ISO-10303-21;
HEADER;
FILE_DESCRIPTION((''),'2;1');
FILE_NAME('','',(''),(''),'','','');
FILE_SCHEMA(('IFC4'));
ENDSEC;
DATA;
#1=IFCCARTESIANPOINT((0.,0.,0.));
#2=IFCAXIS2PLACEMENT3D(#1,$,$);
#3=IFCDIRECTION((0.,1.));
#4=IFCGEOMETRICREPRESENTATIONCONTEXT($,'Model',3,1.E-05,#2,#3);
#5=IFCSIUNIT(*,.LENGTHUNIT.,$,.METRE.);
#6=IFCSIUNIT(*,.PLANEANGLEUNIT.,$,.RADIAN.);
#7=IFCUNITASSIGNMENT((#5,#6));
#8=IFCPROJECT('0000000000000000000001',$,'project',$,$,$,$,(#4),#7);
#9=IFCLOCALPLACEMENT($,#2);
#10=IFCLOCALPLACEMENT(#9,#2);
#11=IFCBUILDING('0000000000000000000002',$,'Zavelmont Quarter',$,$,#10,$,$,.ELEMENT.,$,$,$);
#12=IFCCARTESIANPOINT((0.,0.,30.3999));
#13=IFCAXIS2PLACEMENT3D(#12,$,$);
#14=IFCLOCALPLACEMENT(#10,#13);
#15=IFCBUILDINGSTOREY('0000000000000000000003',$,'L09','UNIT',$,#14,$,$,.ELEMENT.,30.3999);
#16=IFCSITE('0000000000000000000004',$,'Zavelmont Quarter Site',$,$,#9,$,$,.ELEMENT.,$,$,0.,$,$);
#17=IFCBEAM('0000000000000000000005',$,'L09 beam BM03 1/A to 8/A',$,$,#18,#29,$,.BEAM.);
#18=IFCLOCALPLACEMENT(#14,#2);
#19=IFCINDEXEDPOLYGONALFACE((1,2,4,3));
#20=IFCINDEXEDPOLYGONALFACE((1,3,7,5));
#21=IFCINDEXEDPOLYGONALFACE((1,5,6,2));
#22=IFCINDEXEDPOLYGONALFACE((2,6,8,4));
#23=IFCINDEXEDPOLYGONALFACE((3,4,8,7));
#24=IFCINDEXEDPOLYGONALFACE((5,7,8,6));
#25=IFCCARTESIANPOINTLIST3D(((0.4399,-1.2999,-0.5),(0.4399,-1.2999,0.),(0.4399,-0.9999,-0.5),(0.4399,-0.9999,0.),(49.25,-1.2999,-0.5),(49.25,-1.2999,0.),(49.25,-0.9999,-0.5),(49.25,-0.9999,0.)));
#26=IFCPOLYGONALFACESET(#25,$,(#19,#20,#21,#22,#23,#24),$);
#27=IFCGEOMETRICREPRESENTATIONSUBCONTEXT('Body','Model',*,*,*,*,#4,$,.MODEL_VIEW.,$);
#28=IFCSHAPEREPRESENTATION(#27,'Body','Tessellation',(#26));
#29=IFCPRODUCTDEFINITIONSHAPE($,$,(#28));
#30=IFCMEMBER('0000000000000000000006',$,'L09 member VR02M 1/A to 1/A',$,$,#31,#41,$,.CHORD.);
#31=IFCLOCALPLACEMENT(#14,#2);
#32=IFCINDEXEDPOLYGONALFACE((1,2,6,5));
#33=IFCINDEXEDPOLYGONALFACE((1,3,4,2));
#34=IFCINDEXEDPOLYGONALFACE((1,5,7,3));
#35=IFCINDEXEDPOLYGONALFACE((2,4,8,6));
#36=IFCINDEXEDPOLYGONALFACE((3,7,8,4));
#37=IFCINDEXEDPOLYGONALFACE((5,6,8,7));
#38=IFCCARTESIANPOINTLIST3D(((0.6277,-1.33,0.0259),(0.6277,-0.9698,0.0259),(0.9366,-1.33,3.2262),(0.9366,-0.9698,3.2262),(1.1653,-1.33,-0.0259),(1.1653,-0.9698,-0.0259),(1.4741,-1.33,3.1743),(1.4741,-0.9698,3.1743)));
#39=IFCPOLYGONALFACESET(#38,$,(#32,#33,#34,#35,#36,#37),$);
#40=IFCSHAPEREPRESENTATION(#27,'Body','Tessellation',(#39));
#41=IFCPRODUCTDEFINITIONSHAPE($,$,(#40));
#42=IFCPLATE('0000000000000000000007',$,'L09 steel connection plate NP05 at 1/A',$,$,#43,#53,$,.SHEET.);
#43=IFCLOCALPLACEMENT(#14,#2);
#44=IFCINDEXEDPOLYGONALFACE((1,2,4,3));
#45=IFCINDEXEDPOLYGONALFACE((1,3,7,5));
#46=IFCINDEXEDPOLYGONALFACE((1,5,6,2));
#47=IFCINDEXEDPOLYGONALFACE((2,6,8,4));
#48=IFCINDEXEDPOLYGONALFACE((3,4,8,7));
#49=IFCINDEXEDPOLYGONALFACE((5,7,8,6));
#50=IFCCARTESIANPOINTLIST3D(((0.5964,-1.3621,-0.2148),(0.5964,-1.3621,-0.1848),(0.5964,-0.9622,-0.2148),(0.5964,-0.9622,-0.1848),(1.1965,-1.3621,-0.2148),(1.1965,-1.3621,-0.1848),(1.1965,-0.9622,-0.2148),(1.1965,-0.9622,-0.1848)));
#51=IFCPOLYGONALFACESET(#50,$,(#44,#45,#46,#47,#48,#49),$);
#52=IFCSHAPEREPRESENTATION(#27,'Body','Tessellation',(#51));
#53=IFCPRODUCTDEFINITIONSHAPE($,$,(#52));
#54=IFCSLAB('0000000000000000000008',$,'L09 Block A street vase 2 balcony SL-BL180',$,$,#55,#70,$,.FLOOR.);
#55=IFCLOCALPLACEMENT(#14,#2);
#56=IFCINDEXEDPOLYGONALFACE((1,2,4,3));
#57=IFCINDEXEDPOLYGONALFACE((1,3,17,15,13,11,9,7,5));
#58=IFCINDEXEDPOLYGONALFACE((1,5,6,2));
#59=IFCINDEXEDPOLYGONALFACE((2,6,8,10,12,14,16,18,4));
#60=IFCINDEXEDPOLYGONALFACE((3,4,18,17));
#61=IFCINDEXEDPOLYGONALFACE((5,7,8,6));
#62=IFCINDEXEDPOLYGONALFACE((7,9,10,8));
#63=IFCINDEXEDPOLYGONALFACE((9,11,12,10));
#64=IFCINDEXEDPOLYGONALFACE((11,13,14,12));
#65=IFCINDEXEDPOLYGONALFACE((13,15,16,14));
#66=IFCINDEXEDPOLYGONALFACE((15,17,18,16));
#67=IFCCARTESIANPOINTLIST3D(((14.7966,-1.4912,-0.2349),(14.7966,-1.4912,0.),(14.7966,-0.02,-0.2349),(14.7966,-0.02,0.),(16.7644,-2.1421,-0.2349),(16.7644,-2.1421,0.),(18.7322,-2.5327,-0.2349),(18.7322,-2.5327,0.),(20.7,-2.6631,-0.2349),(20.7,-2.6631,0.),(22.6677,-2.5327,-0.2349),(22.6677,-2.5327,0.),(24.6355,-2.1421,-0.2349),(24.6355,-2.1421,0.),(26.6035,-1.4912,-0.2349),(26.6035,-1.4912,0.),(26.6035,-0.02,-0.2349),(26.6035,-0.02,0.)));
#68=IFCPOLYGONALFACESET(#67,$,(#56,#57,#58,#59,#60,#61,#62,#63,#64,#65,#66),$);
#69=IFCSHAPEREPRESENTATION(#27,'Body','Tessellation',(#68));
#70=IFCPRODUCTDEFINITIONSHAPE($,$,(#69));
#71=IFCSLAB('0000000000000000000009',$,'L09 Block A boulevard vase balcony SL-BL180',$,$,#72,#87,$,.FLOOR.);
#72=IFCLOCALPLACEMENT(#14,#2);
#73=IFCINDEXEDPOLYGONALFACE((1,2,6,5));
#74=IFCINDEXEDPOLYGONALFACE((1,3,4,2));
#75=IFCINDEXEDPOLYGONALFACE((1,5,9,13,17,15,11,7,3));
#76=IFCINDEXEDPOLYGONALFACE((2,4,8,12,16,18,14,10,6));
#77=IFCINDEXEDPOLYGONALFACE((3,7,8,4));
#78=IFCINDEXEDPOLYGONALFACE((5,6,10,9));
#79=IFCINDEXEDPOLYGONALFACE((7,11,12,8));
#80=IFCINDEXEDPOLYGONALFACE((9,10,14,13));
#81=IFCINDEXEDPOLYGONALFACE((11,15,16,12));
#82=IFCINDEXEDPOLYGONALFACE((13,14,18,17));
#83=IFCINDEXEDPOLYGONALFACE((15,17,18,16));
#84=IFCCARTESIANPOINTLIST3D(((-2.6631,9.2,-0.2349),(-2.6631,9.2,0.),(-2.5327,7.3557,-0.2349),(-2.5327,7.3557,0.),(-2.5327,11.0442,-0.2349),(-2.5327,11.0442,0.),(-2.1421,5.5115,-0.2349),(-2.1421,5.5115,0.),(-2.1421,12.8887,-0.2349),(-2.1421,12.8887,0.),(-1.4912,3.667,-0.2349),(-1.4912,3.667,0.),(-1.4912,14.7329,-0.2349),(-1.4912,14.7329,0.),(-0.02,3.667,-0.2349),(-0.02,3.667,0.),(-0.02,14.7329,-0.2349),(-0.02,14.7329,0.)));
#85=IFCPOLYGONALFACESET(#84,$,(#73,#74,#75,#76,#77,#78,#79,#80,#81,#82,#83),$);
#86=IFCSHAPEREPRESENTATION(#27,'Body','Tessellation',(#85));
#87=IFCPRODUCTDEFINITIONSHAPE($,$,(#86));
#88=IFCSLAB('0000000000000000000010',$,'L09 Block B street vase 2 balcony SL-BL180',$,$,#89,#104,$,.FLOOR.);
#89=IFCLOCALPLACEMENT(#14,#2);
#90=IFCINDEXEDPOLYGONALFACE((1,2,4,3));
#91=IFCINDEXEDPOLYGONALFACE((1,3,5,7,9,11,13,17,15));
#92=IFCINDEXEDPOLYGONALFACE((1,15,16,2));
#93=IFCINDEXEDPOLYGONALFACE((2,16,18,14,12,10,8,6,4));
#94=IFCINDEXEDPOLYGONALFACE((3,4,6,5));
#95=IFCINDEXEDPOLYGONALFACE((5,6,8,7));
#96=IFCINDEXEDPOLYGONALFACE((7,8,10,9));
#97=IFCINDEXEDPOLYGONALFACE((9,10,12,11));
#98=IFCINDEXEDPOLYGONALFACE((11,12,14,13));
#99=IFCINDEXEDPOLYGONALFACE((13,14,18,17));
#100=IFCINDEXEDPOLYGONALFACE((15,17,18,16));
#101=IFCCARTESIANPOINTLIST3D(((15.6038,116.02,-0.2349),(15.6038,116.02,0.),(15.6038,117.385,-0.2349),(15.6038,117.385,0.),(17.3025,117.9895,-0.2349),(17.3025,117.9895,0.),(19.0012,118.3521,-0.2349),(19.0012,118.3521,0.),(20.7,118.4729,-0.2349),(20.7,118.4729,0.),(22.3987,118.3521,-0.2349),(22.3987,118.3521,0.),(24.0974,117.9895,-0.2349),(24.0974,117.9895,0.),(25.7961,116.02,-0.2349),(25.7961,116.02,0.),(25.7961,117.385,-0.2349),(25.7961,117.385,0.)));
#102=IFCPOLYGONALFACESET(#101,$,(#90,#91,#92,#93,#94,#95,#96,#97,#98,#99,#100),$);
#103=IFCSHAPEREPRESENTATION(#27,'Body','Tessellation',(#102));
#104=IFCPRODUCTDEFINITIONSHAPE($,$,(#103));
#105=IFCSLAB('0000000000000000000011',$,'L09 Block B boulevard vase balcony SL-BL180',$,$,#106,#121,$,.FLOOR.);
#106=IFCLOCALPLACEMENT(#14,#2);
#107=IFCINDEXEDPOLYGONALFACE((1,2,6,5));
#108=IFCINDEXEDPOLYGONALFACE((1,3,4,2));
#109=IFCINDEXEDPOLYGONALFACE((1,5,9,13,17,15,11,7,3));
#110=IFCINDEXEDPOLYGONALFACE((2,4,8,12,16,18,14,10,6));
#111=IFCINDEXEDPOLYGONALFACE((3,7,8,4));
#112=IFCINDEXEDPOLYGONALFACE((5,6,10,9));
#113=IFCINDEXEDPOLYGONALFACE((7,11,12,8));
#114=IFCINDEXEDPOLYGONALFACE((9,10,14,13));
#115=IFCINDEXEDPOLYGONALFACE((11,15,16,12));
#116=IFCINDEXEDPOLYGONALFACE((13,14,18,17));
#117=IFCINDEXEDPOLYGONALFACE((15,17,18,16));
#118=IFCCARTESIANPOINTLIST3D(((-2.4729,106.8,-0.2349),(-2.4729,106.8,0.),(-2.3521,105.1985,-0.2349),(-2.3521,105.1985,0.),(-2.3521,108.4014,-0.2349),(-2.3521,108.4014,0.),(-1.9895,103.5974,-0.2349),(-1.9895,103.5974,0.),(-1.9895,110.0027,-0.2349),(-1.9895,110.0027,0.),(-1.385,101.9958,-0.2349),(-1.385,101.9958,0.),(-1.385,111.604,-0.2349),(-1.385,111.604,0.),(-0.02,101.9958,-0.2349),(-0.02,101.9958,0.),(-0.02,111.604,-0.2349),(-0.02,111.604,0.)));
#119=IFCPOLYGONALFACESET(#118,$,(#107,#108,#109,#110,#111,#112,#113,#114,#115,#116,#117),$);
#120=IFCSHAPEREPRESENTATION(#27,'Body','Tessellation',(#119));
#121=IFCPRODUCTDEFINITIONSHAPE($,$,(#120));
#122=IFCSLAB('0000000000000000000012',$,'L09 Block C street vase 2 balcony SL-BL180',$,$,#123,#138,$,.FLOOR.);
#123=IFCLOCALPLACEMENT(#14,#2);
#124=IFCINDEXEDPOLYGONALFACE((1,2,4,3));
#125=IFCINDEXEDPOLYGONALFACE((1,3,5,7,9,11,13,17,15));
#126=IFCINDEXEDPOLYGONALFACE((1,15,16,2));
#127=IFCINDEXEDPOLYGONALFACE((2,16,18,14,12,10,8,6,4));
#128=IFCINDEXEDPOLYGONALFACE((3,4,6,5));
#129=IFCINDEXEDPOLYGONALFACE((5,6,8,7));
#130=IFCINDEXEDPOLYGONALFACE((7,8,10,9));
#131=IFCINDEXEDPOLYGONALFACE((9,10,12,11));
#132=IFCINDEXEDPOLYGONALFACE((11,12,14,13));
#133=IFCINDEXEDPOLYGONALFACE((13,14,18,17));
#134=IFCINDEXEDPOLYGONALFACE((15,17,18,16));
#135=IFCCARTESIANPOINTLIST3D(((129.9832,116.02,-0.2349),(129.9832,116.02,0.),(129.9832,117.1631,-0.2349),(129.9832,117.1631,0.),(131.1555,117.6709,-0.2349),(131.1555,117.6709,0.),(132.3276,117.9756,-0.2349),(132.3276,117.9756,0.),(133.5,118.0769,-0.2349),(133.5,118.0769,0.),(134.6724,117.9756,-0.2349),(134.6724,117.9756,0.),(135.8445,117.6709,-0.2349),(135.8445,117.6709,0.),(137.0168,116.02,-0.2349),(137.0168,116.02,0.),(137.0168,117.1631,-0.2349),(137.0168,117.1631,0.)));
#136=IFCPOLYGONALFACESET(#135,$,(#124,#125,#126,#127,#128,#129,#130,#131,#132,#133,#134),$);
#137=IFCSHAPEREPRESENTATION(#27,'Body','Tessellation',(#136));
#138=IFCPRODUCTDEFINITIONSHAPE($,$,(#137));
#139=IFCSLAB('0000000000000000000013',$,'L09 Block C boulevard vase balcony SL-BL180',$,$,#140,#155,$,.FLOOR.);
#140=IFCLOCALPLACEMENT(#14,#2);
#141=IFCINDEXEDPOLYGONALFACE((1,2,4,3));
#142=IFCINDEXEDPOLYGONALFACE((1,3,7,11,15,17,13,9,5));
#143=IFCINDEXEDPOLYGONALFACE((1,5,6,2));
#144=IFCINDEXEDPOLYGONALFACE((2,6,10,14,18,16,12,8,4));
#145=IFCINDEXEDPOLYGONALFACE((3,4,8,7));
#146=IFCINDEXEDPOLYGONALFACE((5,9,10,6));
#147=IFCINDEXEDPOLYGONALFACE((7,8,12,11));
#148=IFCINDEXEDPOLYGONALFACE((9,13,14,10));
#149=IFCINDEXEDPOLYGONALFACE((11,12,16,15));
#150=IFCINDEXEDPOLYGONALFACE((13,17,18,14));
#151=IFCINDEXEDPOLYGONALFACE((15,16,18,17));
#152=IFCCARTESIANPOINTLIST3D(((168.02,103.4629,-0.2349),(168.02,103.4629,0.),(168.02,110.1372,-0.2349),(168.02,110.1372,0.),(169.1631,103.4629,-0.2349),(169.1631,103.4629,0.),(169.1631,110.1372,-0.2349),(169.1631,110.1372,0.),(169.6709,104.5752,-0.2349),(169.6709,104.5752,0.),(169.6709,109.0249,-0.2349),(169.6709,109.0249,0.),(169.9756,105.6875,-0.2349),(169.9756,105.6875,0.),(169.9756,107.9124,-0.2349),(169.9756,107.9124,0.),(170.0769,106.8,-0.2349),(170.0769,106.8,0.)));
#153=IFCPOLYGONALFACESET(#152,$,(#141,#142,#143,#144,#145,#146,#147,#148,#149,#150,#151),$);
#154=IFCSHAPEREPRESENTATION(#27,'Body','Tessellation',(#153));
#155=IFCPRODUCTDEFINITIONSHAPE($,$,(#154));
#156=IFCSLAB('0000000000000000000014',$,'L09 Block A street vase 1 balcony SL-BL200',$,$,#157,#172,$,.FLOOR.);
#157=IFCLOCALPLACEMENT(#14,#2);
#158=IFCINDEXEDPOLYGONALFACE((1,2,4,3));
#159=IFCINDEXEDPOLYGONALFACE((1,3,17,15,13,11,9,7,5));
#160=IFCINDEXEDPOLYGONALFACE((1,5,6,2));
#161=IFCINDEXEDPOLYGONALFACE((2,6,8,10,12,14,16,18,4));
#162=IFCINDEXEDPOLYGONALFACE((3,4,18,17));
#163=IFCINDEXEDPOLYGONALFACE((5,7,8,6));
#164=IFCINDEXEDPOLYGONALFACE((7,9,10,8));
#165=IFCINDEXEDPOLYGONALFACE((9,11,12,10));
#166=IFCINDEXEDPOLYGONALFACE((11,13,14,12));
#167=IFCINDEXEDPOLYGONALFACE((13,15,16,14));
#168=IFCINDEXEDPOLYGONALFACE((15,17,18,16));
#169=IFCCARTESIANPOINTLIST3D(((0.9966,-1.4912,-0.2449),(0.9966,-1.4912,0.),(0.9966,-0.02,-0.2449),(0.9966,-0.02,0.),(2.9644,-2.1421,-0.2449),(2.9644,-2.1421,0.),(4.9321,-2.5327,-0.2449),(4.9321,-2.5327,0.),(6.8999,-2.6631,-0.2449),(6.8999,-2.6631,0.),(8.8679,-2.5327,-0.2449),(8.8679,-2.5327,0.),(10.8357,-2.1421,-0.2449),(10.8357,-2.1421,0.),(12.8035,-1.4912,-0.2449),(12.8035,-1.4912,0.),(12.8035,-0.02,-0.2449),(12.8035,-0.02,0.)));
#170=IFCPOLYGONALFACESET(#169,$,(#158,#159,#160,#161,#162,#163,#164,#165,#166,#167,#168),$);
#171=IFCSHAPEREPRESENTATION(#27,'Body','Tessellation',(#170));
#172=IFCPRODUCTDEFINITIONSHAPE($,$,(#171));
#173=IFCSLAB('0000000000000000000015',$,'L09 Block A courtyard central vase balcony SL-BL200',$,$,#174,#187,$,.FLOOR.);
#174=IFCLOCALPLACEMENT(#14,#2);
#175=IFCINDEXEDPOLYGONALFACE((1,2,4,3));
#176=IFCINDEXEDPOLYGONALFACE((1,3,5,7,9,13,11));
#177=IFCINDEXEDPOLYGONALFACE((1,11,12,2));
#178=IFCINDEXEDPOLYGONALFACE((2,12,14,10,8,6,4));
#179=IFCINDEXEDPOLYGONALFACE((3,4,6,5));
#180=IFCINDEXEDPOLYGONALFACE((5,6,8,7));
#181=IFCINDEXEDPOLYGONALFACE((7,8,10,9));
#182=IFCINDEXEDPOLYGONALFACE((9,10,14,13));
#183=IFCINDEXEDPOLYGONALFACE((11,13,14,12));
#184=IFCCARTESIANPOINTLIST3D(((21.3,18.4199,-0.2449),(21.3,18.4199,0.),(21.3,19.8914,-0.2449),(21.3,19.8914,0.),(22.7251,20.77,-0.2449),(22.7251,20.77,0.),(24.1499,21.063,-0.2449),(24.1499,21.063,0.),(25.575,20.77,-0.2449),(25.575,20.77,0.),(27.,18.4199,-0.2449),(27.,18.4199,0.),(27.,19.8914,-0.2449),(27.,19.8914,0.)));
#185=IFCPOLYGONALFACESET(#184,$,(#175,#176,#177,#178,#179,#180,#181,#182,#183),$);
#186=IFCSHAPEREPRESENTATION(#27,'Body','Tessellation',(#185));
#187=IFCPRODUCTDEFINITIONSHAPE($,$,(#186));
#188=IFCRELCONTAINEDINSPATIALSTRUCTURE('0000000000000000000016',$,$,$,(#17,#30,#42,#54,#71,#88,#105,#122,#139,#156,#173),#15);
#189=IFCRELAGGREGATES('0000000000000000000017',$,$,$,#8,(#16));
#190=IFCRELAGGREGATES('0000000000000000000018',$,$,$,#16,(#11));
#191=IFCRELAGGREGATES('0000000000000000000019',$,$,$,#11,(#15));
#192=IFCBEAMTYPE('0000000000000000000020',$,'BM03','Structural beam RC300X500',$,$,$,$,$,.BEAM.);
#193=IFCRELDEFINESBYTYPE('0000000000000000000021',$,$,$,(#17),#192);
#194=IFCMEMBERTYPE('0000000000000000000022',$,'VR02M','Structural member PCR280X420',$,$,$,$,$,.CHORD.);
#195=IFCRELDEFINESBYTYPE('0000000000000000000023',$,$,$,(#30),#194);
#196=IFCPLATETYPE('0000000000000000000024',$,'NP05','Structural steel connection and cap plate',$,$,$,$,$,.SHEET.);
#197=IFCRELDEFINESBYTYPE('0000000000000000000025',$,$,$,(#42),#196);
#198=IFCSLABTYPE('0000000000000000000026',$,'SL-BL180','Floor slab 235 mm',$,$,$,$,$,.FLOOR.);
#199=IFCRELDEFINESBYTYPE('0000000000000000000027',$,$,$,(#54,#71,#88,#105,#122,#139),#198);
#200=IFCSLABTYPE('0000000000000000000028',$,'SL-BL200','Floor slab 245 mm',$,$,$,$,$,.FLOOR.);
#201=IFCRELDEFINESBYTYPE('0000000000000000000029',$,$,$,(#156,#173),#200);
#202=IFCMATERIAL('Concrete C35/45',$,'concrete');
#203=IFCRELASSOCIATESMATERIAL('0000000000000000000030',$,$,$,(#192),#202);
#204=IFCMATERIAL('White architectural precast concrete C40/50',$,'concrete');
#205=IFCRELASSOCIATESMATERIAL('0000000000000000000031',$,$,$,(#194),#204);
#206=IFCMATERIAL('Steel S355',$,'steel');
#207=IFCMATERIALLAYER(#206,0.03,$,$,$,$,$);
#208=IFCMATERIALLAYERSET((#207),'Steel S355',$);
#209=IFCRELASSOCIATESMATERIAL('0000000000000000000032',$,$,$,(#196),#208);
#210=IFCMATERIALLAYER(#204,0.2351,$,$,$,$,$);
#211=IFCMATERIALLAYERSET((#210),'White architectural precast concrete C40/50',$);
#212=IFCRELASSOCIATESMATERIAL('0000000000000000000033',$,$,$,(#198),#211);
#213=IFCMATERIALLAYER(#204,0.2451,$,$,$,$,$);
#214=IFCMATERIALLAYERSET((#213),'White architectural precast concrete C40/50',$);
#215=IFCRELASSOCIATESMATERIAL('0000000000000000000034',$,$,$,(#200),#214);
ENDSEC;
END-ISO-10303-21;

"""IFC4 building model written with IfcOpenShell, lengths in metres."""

from ifc_helpers import new_model, si_unit, direction, frame, origin, origin_2d, place, context, subcontext, project, spatial, polyline, rectangle, outline, extrude, material, layer, layer_set, material_profile, profile_set, type_object, element, save


model = new_model("IFC4")

# Units and contexts
model_context = context("Model", 3, precision=1e-05, world=origin(), true_north=direction((0.0, 1.0)))
body_context = subcontext(model_context, "Body", "Model", "MODEL_VIEW")
ifc_project = project(units=[si_unit("LENGTHUNIT", "METRE"), si_unit("PLANEANGLEUNIT", "RADIAN")], contexts=[model_context])

# Site, building, storey
site_placement = place(None, origin())
site = spatial("IfcSite", under=ifc_project, at=site_placement, Name="Zavelmont Quarter Site", CompositionType="ELEMENT", RefElevation=0.0)
building_placement = place(site_placement, origin())
building = spatial("IfcBuilding", under=site, at=building_placement, Name="Zavelmont Quarter", CompositionType="ELEMENT")
storey_placement = place(building_placement, frame((0.0, 0.0, 30.3999)))
storey = spatial("IfcBuildingStorey", under=building, at=storey_placement, Name="L09", Description="UNIT", CompositionType="ELEMENT", Elevation=30.3999)

# Beam
ifc_material_1 = material(Name="Concrete C35/45", Category="concrete")
ifc_material_profile_1 = material_profile(ifc_material_1, rectangle(XDim=0.3, YDim=0.5, at=origin_2d()), Name="RC300X500")
ifc_profile_set_1 = profile_set([ifc_material_profile_1], Name="Concrete C35/45")
beam_type = type_object("IfcBeamType", Name="BM03", Description="Structural beam RC300X500", PredefinedType="BEAM", material=ifc_profile_set_1)
beam_placement = place(storey_placement, frame((0.4399, -1.1499, -0.25), z_axis=(1.0, 0.0, 0.0), x_axis=(0.0, 1.0, 0.0)))
element("IfcBeam", 1, at=beam_placement, inside=storey, type_object=beam_type, Name="L09 beam BM03 1/A to 8/A", PredefinedType="BEAM", context=body_context, shape_type="SweptSolid", body=[
    extrude(rectangle(XDim=0.3, YDim=0.5, at=origin_2d()), origin(), (0.0, 0.0, 1.0), 48.8101),
])

# Member
ifc_material_2 = material(Name="White architectural precast concrete C40/50", Category="concrete")
ifc_material_profile_2 = material_profile(ifc_material_2, rectangle(XDim=0.3601, YDim=0.54, at=origin_2d()), Name="PCR280X420")
ifc_profile_set_2 = profile_set([ifc_material_profile_2], Name="White architectural precast concrete C40/50")
member_type = type_object("IfcMemberType", Name="VR02M", Description="Structural member PCR280X420", PredefinedType="CHORD", material=ifc_profile_set_2)
member_placement = place(storey_placement, frame((0.8965, -1.1499, 0.0), z_axis=(0.09606, 0.0, 0.995376), x_axis=(0.0, 1.0, 0.0)))
element("IfcMember", 2, at=member_placement, inside=storey, type_object=member_type, Name="L09 member VR02M 1/A to 1/A", PredefinedType="CHORD", context=body_context, shape_type="SweptSolid", body=[
    extrude(rectangle(XDim=0.3601, YDim=0.54, at=origin_2d()), origin(), (0.0, 0.0, 1.0), 3.2151),
])

# Plate
ifc_material_3 = material(Name="Steel S355", Category="steel")
ifc_layer_1 = layer(ifc_material_3, 0.03)
ifc_layer_set_1 = layer_set([ifc_layer_1], Name="Steel S355")
plate_type = type_object("IfcPlateType", Name="NP05", Description="Structural steel connection and cap plate", PredefinedType="SHEET", material=ifc_layer_set_1)
plate_placement = place(storey_placement, frame((0.8965, -1.1621, -0.2148), z_axis=(0.0, 0.0, 1.0), x_axis=(1.0, 0.0, 0.0)))
element("IfcPlate", 3, at=plate_placement, inside=storey, type_object=plate_type, Name="L09 steel connection plate NP05 at 1/A", PredefinedType="SHEET", context=body_context, shape_type="SweptSolid", body=[
    extrude(rectangle(XDim=0.6001, YDim=0.3999, at=origin_2d()), origin(), (0.0, 0.0, 1.0), 0.03),
])

# Slabs
ifc_layer_2 = layer(ifc_material_2, 0.2351)
ifc_layer_set_2 = layer_set([ifc_layer_2], Name="White architectural precast concrete C40/50")
slab_type_1 = type_object("IfcSlabType", Name="SL-BL180", Description="Floor slab 235 mm", PredefinedType="FLOOR", material=ifc_layer_set_2)
slab_1_placement = place(storey_placement, frame((0.0, 0.0, -0.2349)))
element("IfcSlab", 4, at=slab_1_placement, inside=storey, type_object=slab_type_1, Name="L09 Block A street vase 2 balcony SL-BL180", PredefinedType="FLOOR", context=body_context, shape_type="SweptSolid", body=[
    extrude(outline(polyline([(14.7966, -0.02), (14.7966, -1.4912), (16.7644, -2.1421), (18.7322, -2.5327), (20.7, -2.6631), (22.6677, -2.5327), (24.6355, -2.1421), (26.6035, -1.4912), (26.6035, -0.02), (14.7966, -0.02)])), origin(), (0.0, 0.0, 1.0), 0.2349),
])
slab_2_placement = place(storey_placement, frame((0.0, 0.0, -0.2349)))
element("IfcSlab", 5, at=slab_2_placement, inside=storey, type_object=slab_type_1, Name="L09 Block A boulevard vase balcony SL-BL180", PredefinedType="FLOOR", context=body_context, shape_type="SweptSolid", body=[
    extrude(outline(polyline([(-0.02, 14.7329), (-1.4912, 14.7329), (-2.1421, 12.8887), (-2.5327, 11.0442), (-2.6631, 9.2), (-2.5327, 7.3557), (-2.1421, 5.5115), (-1.4912, 3.667), (-0.02, 3.667), (-0.02, 14.7329)])), origin(), (0.0, 0.0, 1.0), 0.2349),
])
slab_3_placement = place(storey_placement, frame((0.0, 0.0, -0.2349)))
element("IfcSlab", 6, at=slab_3_placement, inside=storey, type_object=slab_type_1, Name="L09 Block B street vase 2 balcony SL-BL180", PredefinedType="FLOOR", context=body_context, shape_type="SweptSolid", body=[
    extrude(outline(polyline([(25.7961, 116.02), (25.7961, 117.385), (24.0974, 117.9895), (22.3987, 118.3521), (20.7, 118.4729), (19.0012, 118.3521), (17.3025, 117.9895), (15.6038, 117.385), (15.6038, 116.02), (25.7961, 116.02)])), origin(), (0.0, 0.0, 1.0), 0.2349),
])
slab_4_placement = place(storey_placement, frame((0.0, 0.0, -0.2349)))
element("IfcSlab", 7, at=slab_4_placement, inside=storey, type_object=slab_type_1, Name="L09 Block B boulevard vase balcony SL-BL180", PredefinedType="FLOOR", context=body_context, shape_type="SweptSolid", body=[
    extrude(outline(polyline([(-0.02, 111.604), (-1.385, 111.604), (-1.9895, 110.0027), (-2.3521, 108.4014), (-2.4729, 106.8), (-2.3521, 105.1985), (-1.9895, 103.5974), (-1.385, 101.9958), (-0.02, 101.9958), (-0.02, 111.604)])), origin(), (0.0, 0.0, 1.0), 0.2349),
])
slab_5_placement = place(storey_placement, frame((0.0, 0.0, -0.2349)))
element("IfcSlab", 8, at=slab_5_placement, inside=storey, type_object=slab_type_1, Name="L09 Block C street vase 2 balcony SL-BL180", PredefinedType="FLOOR", context=body_context, shape_type="SweptSolid", body=[
    extrude(outline(polyline([(137.0168, 116.02), (137.0168, 117.1631), (135.8445, 117.6709), (134.6724, 117.9756), (133.5, 118.0769), (132.3276, 117.9756), (131.1555, 117.6709), (129.9832, 117.1631), (129.9832, 116.02), (137.0168, 116.02)])), origin(), (0.0, 0.0, 1.0), 0.2349),
])
slab_6_placement = place(storey_placement, frame((0.0, 0.0, -0.2349)))
element("IfcSlab", 9, at=slab_6_placement, inside=storey, type_object=slab_type_1, Name="L09 Block C boulevard vase balcony SL-BL180", PredefinedType="FLOOR", context=body_context, shape_type="SweptSolid", body=[
    extrude(outline(polyline([(168.02, 103.4629), (169.1631, 103.4629), (169.6709, 104.5752), (169.9756, 105.6875), (170.0769, 106.8), (169.9756, 107.9124), (169.6709, 109.0249), (169.1631, 110.1372), (168.02, 110.1372), (168.02, 103.4629)])), origin(), (0.0, 0.0, 1.0), 0.2349),
])
ifc_layer_3 = layer(ifc_material_2, 0.2451)
ifc_layer_set_3 = layer_set([ifc_layer_3], Name="White architectural precast concrete C40/50")
slab_type_2 = type_object("IfcSlabType", Name="SL-BL200", Description="Floor slab 245 mm", PredefinedType="FLOOR", material=ifc_layer_set_3)
slab_7_placement = place(storey_placement, frame((0.0, 0.0, -0.2449)))
element("IfcSlab", 10, at=slab_7_placement, inside=storey, type_object=slab_type_2, Name="L09 Block A street vase 1 balcony SL-BL200", PredefinedType="FLOOR", context=body_context, shape_type="SweptSolid", body=[
    extrude(outline(polyline([(0.9966, -0.02), (0.9966, -1.4912), (2.9644, -2.1421), (4.9321, -2.5327), (6.8999, -2.6631), (8.8679, -2.5327), (10.8357, -2.1421), (12.8035, -1.4912), (12.8035, -0.02), (0.9966, -0.02)])), origin(), (0.0, 0.0, 1.0), 0.2449),
])
slab_8_placement = place(storey_placement, frame((0.0, 0.0, -0.2449)))
element("IfcSlab", 11, at=slab_8_placement, inside=storey, type_object=slab_type_2, Name="L09 Block A courtyard central vase balcony SL-BL200", PredefinedType="FLOOR", context=body_context, shape_type="SweptSolid", body=[
    extrude(outline(polyline([(27.0, 18.4199), (27.0, 19.8914), (25.575, 20.77), (24.1499, 21.063), (22.7251, 20.77), (21.3, 19.8914), (21.3, 18.4199), (27.0, 18.4199)])), origin(), (0.0, 0.0, 1.0), 0.2449),
])

save(model, "model.ifc")
